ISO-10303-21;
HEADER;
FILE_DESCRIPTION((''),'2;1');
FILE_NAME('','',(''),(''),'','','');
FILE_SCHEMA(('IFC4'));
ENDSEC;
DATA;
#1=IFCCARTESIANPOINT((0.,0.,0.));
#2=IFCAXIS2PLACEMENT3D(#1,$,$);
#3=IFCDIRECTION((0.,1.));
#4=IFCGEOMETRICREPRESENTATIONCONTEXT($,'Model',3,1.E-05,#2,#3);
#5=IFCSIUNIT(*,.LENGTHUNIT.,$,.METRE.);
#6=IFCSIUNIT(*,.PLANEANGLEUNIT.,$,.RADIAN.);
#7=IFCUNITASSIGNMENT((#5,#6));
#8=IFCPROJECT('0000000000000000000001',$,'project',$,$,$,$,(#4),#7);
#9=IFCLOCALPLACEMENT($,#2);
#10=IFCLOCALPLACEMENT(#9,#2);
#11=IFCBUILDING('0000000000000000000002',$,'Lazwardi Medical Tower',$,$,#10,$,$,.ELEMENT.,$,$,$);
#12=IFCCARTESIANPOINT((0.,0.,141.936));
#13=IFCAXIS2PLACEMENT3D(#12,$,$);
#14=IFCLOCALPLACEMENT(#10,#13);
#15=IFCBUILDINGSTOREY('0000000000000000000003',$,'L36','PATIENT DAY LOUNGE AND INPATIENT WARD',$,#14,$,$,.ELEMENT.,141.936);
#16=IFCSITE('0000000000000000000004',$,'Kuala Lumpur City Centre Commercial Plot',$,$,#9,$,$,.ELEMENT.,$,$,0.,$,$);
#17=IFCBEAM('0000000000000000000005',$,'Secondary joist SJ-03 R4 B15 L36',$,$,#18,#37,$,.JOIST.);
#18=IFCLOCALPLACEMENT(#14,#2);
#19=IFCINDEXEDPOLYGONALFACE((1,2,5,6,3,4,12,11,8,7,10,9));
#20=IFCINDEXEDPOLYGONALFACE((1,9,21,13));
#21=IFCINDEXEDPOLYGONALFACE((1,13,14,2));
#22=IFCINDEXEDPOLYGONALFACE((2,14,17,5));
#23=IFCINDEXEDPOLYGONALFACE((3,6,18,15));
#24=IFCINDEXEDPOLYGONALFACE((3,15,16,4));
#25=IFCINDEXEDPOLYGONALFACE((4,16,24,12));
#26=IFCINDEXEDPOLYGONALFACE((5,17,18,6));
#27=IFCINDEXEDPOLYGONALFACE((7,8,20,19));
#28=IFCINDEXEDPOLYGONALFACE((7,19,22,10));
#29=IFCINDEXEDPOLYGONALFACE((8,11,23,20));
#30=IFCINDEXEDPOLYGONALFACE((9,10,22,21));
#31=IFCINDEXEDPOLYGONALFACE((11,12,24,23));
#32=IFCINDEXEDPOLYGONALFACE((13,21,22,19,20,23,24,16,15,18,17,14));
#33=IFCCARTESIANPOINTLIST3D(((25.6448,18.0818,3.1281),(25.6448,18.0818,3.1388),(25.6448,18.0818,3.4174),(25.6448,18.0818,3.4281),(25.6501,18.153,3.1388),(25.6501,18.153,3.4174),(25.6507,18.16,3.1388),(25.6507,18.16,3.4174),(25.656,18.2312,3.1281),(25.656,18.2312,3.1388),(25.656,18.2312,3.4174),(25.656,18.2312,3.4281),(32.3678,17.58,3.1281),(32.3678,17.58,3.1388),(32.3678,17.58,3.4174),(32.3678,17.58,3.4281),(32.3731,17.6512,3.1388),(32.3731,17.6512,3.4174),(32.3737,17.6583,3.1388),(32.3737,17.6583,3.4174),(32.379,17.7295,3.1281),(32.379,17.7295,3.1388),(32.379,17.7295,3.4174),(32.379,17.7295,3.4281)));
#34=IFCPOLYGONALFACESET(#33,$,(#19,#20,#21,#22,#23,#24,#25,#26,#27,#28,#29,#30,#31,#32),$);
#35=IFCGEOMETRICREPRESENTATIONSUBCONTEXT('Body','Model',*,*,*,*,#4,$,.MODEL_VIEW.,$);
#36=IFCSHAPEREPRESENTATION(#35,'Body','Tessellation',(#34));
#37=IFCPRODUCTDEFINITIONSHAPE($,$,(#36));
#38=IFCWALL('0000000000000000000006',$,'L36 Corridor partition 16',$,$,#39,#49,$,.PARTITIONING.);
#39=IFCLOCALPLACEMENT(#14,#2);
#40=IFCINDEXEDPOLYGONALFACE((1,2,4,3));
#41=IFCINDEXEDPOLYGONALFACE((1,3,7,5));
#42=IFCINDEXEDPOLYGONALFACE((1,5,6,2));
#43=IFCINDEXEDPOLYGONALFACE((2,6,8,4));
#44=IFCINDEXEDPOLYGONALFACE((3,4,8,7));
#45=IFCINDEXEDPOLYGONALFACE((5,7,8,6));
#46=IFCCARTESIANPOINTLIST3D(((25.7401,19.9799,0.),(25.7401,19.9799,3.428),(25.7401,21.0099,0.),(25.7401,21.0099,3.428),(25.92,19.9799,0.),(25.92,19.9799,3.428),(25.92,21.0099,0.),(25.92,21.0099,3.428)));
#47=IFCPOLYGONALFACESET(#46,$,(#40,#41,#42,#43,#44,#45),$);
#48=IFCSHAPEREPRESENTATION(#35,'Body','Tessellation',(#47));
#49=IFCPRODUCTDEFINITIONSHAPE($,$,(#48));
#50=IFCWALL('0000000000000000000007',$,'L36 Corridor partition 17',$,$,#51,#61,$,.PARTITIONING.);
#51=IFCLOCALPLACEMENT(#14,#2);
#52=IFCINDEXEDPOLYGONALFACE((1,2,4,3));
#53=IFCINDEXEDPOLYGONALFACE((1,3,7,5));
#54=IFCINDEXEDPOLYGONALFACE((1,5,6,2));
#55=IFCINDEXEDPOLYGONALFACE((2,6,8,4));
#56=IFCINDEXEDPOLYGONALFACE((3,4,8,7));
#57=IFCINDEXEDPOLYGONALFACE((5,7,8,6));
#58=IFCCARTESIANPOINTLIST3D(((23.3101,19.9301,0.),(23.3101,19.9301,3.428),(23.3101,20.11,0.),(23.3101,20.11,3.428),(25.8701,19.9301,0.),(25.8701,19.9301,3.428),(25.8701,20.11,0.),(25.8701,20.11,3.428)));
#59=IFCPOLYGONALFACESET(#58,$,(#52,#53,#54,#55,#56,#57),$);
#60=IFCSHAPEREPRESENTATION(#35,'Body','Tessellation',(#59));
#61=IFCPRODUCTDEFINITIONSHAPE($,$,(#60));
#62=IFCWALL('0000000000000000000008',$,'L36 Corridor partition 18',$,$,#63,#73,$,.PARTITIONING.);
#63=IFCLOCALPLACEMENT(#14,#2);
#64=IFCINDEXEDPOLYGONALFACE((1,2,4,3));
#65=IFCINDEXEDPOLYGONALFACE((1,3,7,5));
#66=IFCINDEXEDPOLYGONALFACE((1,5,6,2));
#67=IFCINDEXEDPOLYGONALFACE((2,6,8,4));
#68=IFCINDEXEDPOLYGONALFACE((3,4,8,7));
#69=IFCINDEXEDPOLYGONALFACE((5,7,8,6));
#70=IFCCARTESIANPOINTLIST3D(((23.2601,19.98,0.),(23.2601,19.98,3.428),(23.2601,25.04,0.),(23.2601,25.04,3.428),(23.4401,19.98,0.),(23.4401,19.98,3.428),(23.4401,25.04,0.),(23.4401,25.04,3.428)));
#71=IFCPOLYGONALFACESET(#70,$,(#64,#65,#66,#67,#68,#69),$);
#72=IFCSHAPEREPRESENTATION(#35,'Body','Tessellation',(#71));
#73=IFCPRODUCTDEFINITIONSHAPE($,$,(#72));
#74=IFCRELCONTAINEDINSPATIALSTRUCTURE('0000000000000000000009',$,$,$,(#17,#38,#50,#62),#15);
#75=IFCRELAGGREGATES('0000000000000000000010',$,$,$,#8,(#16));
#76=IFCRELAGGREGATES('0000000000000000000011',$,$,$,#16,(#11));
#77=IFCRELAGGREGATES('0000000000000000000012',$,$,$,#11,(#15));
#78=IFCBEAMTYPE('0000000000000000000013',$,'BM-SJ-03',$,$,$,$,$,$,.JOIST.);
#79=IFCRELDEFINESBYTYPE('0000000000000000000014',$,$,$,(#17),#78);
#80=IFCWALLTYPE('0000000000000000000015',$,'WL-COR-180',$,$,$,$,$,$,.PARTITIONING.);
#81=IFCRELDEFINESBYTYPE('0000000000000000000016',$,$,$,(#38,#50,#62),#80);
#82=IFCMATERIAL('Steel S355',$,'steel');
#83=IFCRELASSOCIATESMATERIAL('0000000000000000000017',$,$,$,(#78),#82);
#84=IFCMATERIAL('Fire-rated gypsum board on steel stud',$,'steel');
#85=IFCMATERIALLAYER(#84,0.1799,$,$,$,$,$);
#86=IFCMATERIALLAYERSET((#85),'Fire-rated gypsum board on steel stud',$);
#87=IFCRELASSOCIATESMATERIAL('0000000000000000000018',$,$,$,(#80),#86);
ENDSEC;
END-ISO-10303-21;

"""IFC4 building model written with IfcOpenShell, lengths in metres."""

from ifc_helpers import new_model, si_unit, direction, frame, frame_2d, origin, origin_2d, place, context, subcontext, project, spatial, rectangle, i_section, extrude, material, layer, layer_set, material_profile, profile_set, type_object, element, save


model = new_model("IFC4")

# Units and contexts
model_context = context("Model", 3, precision=1e-05, world=origin(), true_north=direction((0.0, 1.0)))
body_context = subcontext(model_context, "Body", "Model", "MODEL_VIEW")
ifc_project = project(units=[si_unit("LENGTHUNIT", "METRE"), si_unit("PLANEANGLEUNIT", "RADIAN")], contexts=[model_context])

# Site, building, storey
site_placement = place(None, origin())
site = spatial("IfcSite", under=ifc_project, at=site_placement, Name="Kuala Lumpur City Centre Commercial Plot", CompositionType="ELEMENT", RefElevation=0.0)
building_placement = place(site_placement, origin())
building = spatial("IfcBuilding", under=site, at=building_placement, Name="Lazwardi Medical Tower", CompositionType="ELEMENT")
storey_placement = place(building_placement, frame((0.0, 0.0, 141.936)))
storey = spatial("IfcBuildingStorey", under=building, at=storey_placement, Name="L36", Description="PATIENT DAY LOUNGE AND INPATIENT WARD", CompositionType="ELEMENT", Elevation=141.936)

# Beam
ifc_material_1 = material(Name="Steel S355", Category="steel")
ifc_material_profile_1 = material_profile(ifc_material_1, i_section(OverallWidth=0.1499, OverallDepth=0.3, WebThickness=0.0071, FlangeThickness=0.0107, at=origin_2d()), Name="IPE 300")
ifc_profile_set_1 = profile_set([ifc_material_profile_1], Name="Steel S355")
beam_type_1 = type_object("IfcBeamType", Name="BM-SJ-03", PredefinedType="JOIST", material=ifc_profile_set_1)
beam_1_placement = place(storey_placement, frame((25.6504, 18.1565, 3.2781), z_axis=(0.997227, -0.07442, 0.0), x_axis=(0.07442, 0.997227, 0.0)))
element("IfcBeam", 1, at=beam_1_placement, inside=storey, type_object=beam_type_1, Name="Secondary joist SJ-03 R4 B15 L36", PredefinedType="JOIST", context=body_context, shape_type="SweptSolid", body=[
    extrude(i_section(OverallWidth=0.1499, OverallDepth=0.3, WebThickness=0.0071, FlangeThickness=0.0107, at=origin_2d()), origin(), (0.0, 0.0, 1.0), 6.7417),
])

# Walls
ifc_material_2 = material(Name="Fire-rated gypsum board on steel stud", Category="steel")
ifc_layer = layer(ifc_material_2, 0.1799)
ifc_layer_set = layer_set([ifc_layer], Name="Fire-rated gypsum board on steel stud")
wall_type = type_object("IfcWallType", Name="WL-COR-180", PredefinedType="PARTITIONING", material=ifc_layer_set)
wall_1_placement = place(storey_placement, frame((25.8301, 21.01, 0.0), z_axis=(0.0, 0.0, 1.0), x_axis=(0.0, -1.0, 0.0)))
element("IfcWall", 2, at=wall_1_placement, inside=storey, type_object=wall_type, Name="L36 Corridor partition 16", PredefinedType="PARTITIONING", context=body_context, shape_type="SweptSolid", body=[
    extrude(rectangle(XDim=1.03, YDim=0.1799, at=frame_2d((0.5151, 0.0))), origin(), (0.0, 0.0, 1.0), 3.428),
])
wall_2_placement = place(storey_placement, frame((25.8701, 20.02, 0.0), z_axis=(0.0, 0.0, 1.0), x_axis=(-1.0, 0.0, 0.0)))
element("IfcWall", 3, at=wall_2_placement, inside=storey, type_object=wall_type, Name="L36 Corridor partition 17", PredefinedType="PARTITIONING", context=body_context, shape_type="SweptSolid", body=[
    extrude(rectangle(XDim=2.5601, YDim=0.1799, at=frame_2d((1.28, 0.0))), origin(), (0.0, 0.0, 1.0), 3.428),
])
wall_3_placement = place(storey_placement, frame((23.3501, 19.98, 0.0), z_axis=(0.0, 0.0, 1.0), x_axis=(0.0, 1.0, 0.0)))
element("IfcWall", 4, at=wall_3_placement, inside=storey, type_object=wall_type, Name="L36 Corridor partition 18", PredefinedType="PARTITIONING", context=body_context, shape_type="SweptSolid", body=[
    extrude(rectangle(XDim=5.0601, YDim=0.1799, at=frame_2d((2.53, 0.0))), origin(), (0.0, 0.0, 1.0), 3.428),
])

save(model, "model.ifc")
